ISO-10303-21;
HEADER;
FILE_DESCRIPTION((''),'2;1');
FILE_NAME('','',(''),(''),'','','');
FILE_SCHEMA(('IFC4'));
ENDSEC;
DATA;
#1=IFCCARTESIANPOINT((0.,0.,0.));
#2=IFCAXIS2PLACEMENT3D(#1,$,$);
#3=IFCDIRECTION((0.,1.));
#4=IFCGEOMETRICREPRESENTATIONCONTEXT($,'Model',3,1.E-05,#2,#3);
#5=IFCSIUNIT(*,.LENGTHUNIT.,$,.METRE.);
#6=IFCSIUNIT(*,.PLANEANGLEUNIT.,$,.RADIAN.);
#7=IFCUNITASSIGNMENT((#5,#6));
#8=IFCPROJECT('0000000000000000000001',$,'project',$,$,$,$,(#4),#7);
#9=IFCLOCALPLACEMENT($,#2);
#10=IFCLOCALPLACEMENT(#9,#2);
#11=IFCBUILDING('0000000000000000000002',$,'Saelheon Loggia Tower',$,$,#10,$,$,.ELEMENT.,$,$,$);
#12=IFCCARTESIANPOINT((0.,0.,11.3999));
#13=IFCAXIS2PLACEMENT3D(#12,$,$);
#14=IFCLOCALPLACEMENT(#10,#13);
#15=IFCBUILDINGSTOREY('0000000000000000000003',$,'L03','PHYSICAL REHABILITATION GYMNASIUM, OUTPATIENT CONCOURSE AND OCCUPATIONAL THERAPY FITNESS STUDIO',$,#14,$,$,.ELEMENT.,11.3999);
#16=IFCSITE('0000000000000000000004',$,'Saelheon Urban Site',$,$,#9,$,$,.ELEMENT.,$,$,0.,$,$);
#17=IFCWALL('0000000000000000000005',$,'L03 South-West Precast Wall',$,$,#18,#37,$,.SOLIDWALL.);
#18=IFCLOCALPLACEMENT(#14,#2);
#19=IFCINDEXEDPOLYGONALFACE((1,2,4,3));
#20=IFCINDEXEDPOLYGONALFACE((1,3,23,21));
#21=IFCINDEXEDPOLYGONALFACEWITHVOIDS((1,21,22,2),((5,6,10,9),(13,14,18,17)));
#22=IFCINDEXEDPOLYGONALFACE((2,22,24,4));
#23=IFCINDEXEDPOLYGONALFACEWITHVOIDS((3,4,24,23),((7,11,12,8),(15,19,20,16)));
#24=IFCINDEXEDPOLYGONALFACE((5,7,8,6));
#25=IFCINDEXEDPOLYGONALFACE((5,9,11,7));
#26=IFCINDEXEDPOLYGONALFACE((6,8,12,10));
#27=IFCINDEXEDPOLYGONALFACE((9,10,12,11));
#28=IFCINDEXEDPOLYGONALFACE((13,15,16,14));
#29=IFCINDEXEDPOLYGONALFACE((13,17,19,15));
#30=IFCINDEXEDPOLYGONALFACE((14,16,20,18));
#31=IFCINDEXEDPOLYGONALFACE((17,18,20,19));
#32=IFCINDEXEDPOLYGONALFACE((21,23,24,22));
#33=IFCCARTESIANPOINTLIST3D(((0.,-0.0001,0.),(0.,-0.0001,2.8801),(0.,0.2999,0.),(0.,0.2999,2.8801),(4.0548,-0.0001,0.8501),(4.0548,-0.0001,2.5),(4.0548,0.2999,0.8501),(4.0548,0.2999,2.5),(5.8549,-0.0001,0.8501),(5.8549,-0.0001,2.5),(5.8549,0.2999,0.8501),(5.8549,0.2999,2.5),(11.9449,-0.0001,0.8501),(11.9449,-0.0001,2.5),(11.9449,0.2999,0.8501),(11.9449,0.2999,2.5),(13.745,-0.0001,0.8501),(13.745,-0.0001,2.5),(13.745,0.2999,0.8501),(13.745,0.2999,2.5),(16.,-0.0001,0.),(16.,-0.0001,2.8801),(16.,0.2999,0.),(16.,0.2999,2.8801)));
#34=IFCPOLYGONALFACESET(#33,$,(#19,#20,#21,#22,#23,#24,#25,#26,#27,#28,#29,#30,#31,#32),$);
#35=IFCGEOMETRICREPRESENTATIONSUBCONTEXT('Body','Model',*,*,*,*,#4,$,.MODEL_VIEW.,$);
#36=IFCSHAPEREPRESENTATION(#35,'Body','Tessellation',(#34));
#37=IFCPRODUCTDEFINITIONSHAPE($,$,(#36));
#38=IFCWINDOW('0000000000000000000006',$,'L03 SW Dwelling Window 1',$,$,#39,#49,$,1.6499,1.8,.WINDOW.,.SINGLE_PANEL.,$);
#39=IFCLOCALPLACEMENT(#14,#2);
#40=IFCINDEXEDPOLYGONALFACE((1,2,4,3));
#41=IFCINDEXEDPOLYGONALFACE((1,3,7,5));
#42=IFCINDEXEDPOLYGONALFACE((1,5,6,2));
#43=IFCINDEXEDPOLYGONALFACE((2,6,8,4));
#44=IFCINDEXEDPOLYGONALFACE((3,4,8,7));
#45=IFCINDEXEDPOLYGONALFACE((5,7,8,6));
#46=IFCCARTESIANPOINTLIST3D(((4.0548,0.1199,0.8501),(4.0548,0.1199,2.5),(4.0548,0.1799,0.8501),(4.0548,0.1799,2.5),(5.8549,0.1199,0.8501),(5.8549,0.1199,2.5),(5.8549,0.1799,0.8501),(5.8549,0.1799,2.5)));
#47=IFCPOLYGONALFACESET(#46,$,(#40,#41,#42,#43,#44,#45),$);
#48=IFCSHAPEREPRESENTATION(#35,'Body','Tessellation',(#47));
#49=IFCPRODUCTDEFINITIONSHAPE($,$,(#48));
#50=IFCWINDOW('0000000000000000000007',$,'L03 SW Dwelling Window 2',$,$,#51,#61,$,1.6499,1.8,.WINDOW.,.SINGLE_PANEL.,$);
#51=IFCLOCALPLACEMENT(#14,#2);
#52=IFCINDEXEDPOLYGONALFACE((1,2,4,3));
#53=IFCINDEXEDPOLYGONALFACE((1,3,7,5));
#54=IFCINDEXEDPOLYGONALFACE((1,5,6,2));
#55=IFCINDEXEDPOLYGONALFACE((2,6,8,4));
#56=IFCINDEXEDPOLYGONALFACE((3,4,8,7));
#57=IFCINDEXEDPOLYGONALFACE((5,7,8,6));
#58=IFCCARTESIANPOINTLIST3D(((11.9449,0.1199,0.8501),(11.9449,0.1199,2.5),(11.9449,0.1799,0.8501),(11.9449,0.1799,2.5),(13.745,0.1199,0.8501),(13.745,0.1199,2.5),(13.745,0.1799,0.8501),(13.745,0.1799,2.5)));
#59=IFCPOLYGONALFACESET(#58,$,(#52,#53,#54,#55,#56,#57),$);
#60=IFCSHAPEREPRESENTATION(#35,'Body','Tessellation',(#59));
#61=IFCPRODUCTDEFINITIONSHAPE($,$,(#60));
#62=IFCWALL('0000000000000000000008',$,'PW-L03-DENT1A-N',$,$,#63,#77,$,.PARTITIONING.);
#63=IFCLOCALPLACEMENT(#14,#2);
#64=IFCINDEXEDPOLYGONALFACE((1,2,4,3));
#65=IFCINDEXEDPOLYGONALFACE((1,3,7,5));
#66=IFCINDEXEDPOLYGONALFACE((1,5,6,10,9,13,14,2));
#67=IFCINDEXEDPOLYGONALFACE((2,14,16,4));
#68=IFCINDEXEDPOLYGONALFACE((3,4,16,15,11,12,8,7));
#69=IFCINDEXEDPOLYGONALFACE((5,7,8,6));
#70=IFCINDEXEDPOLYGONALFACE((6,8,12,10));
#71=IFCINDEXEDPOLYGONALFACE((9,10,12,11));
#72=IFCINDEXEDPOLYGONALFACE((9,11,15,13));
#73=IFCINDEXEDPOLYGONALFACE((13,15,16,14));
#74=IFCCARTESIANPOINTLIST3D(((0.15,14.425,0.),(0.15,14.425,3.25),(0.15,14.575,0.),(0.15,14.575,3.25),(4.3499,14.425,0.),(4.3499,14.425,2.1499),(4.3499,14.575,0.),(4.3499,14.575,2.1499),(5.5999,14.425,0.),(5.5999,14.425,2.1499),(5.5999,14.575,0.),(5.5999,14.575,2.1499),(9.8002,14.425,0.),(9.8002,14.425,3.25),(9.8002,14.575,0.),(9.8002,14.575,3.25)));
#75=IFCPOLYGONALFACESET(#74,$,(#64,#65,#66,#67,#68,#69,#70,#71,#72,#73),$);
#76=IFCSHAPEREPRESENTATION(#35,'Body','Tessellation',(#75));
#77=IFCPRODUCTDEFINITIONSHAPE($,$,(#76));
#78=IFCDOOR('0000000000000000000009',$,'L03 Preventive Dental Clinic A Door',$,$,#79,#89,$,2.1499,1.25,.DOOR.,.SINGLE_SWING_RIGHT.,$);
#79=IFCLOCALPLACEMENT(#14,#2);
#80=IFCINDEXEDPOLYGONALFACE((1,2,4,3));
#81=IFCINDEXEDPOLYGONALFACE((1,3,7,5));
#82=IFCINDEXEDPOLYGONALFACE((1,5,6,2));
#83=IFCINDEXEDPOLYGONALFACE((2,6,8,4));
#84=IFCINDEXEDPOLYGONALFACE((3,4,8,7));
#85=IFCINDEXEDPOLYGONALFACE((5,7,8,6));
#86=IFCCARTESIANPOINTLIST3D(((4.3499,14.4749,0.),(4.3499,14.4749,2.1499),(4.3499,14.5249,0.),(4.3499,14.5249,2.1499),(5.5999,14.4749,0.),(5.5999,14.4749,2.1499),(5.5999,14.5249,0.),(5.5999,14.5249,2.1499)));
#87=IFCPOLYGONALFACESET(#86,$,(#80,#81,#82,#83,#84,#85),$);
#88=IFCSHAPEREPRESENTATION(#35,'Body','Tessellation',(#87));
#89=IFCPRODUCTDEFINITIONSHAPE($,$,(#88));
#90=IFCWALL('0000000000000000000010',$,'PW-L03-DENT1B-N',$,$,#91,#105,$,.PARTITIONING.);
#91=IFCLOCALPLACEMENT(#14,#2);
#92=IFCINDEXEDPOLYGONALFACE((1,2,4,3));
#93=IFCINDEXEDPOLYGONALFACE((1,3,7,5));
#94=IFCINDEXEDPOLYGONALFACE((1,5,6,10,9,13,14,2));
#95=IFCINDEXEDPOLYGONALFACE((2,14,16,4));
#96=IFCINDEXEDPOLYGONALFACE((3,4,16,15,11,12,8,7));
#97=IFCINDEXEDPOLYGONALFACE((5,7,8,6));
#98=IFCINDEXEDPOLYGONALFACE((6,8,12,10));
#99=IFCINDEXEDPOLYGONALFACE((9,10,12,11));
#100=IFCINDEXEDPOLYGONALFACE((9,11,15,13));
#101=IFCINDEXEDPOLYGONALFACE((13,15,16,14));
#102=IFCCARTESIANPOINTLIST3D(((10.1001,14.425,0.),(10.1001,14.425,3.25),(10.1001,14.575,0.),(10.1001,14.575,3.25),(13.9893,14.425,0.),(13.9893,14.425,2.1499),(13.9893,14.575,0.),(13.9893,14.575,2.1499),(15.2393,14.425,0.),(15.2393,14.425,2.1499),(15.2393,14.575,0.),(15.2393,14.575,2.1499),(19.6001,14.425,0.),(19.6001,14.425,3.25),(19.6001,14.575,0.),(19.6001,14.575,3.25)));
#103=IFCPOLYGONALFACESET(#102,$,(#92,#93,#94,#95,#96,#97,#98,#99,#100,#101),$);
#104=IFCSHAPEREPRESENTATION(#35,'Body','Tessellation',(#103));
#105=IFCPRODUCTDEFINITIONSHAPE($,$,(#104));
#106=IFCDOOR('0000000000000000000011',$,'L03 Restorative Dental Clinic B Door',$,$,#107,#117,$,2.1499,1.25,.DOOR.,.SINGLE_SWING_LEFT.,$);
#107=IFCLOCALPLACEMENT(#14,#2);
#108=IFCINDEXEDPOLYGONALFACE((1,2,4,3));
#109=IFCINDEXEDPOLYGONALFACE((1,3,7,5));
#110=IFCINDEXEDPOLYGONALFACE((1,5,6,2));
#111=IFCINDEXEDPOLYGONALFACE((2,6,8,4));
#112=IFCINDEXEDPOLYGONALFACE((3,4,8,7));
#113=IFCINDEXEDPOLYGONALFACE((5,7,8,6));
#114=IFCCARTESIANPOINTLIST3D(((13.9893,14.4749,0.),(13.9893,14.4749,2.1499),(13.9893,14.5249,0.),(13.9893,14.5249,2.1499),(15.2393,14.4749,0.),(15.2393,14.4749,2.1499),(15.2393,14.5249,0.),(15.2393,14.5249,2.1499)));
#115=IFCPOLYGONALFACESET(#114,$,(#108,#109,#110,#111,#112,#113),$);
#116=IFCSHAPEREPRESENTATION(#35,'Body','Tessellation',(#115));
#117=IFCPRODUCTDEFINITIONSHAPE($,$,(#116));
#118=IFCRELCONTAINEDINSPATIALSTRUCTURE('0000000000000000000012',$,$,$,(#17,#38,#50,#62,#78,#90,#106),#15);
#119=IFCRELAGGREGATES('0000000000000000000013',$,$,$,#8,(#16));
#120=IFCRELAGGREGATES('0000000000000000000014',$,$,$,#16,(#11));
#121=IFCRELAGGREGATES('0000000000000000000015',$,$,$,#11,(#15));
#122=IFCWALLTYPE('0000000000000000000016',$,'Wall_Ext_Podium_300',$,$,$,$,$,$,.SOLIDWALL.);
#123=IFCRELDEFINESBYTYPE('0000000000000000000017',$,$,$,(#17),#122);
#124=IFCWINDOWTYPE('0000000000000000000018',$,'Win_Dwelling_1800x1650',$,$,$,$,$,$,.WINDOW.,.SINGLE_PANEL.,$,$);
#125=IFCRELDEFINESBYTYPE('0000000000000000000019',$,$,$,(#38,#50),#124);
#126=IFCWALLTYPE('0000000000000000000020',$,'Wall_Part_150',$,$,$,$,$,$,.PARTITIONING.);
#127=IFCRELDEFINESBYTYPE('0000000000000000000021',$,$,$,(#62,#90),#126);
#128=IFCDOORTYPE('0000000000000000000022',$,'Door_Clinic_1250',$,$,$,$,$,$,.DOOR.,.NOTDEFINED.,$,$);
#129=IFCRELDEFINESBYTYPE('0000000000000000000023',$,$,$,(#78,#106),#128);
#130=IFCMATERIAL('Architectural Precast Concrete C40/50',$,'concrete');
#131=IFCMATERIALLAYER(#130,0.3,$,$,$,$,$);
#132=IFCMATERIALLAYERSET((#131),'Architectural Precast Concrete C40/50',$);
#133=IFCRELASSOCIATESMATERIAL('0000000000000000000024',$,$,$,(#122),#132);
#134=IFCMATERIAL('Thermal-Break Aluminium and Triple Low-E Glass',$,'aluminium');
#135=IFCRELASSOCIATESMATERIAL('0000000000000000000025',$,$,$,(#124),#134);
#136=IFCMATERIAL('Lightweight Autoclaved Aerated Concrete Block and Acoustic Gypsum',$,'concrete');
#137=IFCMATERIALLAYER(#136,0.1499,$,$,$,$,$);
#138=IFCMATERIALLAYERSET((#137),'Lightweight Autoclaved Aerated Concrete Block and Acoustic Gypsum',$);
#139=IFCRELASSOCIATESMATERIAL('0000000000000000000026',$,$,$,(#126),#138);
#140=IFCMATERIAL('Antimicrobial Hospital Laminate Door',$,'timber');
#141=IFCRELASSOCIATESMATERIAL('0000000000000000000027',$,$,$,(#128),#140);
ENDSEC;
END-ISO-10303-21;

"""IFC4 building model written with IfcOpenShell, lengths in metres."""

from ifc_helpers import new_model, si_unit, direction, frame, frame_2d, origin, place, context, subcontext, project, spatial, rectangle, extrude, source, transform, mapped, material, layer, layer_set, type_object, element, fill, save


model = new_model("IFC4")

# Units and contexts
model_context = context("Model", 3, precision=1e-05, world=origin(), true_north=direction((0.0, 1.0)))
body_context = subcontext(model_context, "Body", "Model", "MODEL_VIEW")
ifc_project = project(units=[si_unit("LENGTHUNIT", "METRE"), si_unit("PLANEANGLEUNIT", "RADIAN")], contexts=[model_context])

# Site, building, storey
site_placement = place(None, origin())
site = spatial("IfcSite", under=ifc_project, at=site_placement, Name="Saelheon Urban Site", CompositionType="ELEMENT", RefElevation=0.0)
building_placement = place(site_placement, origin())
building = spatial("IfcBuilding", under=site, at=building_placement, Name="Saelheon Loggia Tower", CompositionType="ELEMENT")
storey_placement = place(building_placement, frame((0.0, 0.0, 11.3999)))
storey = spatial("IfcBuildingStorey", under=building, at=storey_placement, Name="L03", Description="PHYSICAL REHABILITATION GYMNASIUM, OUTPATIENT CONCOURSE AND OCCUPATIONAL THERAPY FITNESS STUDIO", CompositionType="ELEMENT", Elevation=11.3999)

# Wall, openings, windows
ifc_material_1 = material(Name="Architectural Precast Concrete C40/50", Category="concrete")
ifc_layer_1 = layer(ifc_material_1, 0.3)
ifc_layer_set_1 = layer_set([ifc_layer_1], Name="Architectural Precast Concrete C40/50")
wall_type_1 = type_object("IfcWallType", Name="Wall_Ext_Podium_300", PredefinedType="SOLIDWALL", material=ifc_layer_set_1)
wall_1_placement = place(storey_placement, frame((0.0, 0.1499, 0.0), z_axis=(0.0, 0.0, 1.0), x_axis=(1.0, 0.0, 0.0)))
wall_1 = element("IfcWall", 1, at=wall_1_placement, inside=storey, type_object=wall_type_1, Name="L03 South-West Precast Wall", PredefinedType="SOLIDWALL", context=body_context, shape_type="SweptSolid", body=[
    extrude(rectangle(XDim=16.0, YDim=0.3, at=frame_2d((8.0, 0.0))), origin(), (0.0, 0.0, 1.0), 2.8801),
])
opening_1_placement = place(wall_1_placement, frame((4.0549, 0.0, 0.8501)))
opening_1 = element("IfcOpeningElement", 2, at=opening_1_placement, cuts=wall_1, PredefinedType="OPENING", context=body_context, shape_type="SweptSolid", body=[
    extrude(rectangle(XDim=1.8, YDim=1.6499, at=frame_2d((0.8999, 0.825))), frame((0.0, 0.1621, 0.0), z_axis=(0.0, -1.0, 0.0), x_axis=(1.0, 0.0, 0.0)), (0.0, 0.0, 1.0), 0.324),
])
opening_2_placement = place(wall_1_placement, frame((11.9451, 0.0, 0.8501)))
opening_2 = element("IfcOpeningElement", 3, at=opening_2_placement, cuts=wall_1, PredefinedType="OPENING", context=body_context, shape_type="SweptSolid", body=[
    extrude(rectangle(XDim=1.8, YDim=1.6499, at=frame_2d((0.8999, 0.825))), frame((0.0, 0.1621, 0.0), z_axis=(0.0, -1.0, 0.0), x_axis=(1.0, 0.0, 0.0)), (0.0, 0.0, 1.0), 0.324),
])
ifc_material_2 = material(Name="Thermal-Break Aluminium and Triple Low-E Glass", Category="aluminium")
window_type = type_object("IfcWindowType", Name="Win_Dwelling_1800x1650", PartitioningType="SINGLE_PANEL", PredefinedType="WINDOW", material=ifc_material_2)
shared_shape_1 = source(origin(), body_context, "Body", "SweptSolid", [
    extrude(rectangle(XDim=1.8, YDim=1.6499, at=frame_2d((0.8999, 0.825))), frame((0.0, 0.03, 0.0), z_axis=(0.0, -1.0, 0.0), x_axis=(1.0, 0.0, 0.0)), (0.0, 0.0, 1.0), 0.0601),
])
window_1_placement = place(opening_1_placement, origin())
window_1 = element("IfcWindow", 4, at=window_1_placement, inside=storey, type_object=window_type, Name="L03 SW Dwelling Window 1", OverallHeight=1.6499, OverallWidth=1.8, PartitioningType="SINGLE_PANEL", PredefinedType="WINDOW", context=body_context, shape_type="MappedRepresentation", body=[
    mapped(shared_shape_1, transform((0.0, 0.0, 0.0), scale=1.0)),
])
fill(opening_1, window_1)
window_2_placement = place(opening_2_placement, origin())
window_2 = element("IfcWindow", 5, at=window_2_placement, inside=storey, type_object=window_type, Name="L03 SW Dwelling Window 2", OverallHeight=1.6499, OverallWidth=1.8, PartitioningType="SINGLE_PANEL", PredefinedType="WINDOW", context=body_context, shape_type="MappedRepresentation", body=[
    mapped(shared_shape_1, transform((0.0, 0.0, 0.0), scale=1.0)),
])
fill(opening_2, window_2)

# Walls, openings, doors
ifc_material_3 = material(Name="Lightweight Autoclaved Aerated Concrete Block and Acoustic Gypsum", Category="concrete")
ifc_layer_2 = layer(ifc_material_3, 0.1499)
ifc_layer_set_2 = layer_set([ifc_layer_2], Name="Lightweight Autoclaved Aerated Concrete Block and Acoustic Gypsum")
wall_type_2 = type_object("IfcWallType", Name="Wall_Part_150", PredefinedType="PARTITIONING", material=ifc_layer_set_2)
wall_2_placement = place(storey_placement, frame((0.1499, 14.5, 0.0), z_axis=(0.0, 0.0, 1.0), x_axis=(1.0, 0.0, 0.0)))
wall_2 = element("IfcWall", 6, at=wall_2_placement, inside=storey, type_object=wall_type_2, Name="PW-L03-DENT1A-N", PredefinedType="PARTITIONING", context=body_context, shape_type="SweptSolid", body=[
    extrude(rectangle(XDim=9.6501, YDim=0.1499, at=frame_2d((4.8252, 0.0))), origin(), (0.0, 0.0, 1.0), 3.25),
])
opening_3_placement = place(wall_2_placement, frame((4.2, 0.0, 0.0)))
opening_3 = element("IfcOpeningElement", 7, at=opening_3_placement, cuts=wall_2, PredefinedType="OPENING", context=body_context, shape_type="SweptSolid", body=[
    extrude(rectangle(XDim=1.25, YDim=2.1499, at=frame_2d((0.625, 1.075))), frame((0.0, 0.0869, 0.0), z_axis=(0.0, -1.0, 0.0), x_axis=(1.0, 0.0, 0.0)), (0.0, 0.0, 1.0), 0.1738),
])
ifc_material_4 = material(Name="Antimicrobial Hospital Laminate Door", Category="timber")
door_type = type_object("IfcDoorType", Name="Door_Clinic_1250", OperationType="NOTDEFINED", PredefinedType="DOOR", material=ifc_material_4)
shared_shape_2 = source(origin(), body_context, "Body", "SweptSolid", [
    extrude(rectangle(XDim=1.25, YDim=2.1499, at=frame_2d((0.625, 1.075))), frame((0.0, 0.0249, 0.0), z_axis=(0.0, -1.0, 0.0), x_axis=(1.0, 0.0, 0.0)), (0.0, 0.0, 1.0), 0.05),
])
door_1_placement = place(opening_3_placement, origin())
door_1 = element("IfcDoor", 8, at=door_1_placement, inside=storey, type_object=door_type, Name="L03 Preventive Dental Clinic A Door", OperationType="SINGLE_SWING_RIGHT", OverallHeight=2.1499, OverallWidth=1.25, PredefinedType="DOOR", context=body_context, shape_type="MappedRepresentation", body=[
    mapped(shared_shape_2, transform((0.0, 0.0, 0.0), scale=1.0)),
])
fill(opening_3, door_1)
wall_3_placement = place(storey_placement, frame((10.1001, 14.5, 0.0), z_axis=(0.0, 0.0, 1.0), x_axis=(1.0, 0.0, 0.0)))
wall_3 = element("IfcWall", 9, at=wall_3_placement, inside=storey, type_object=wall_type_2, Name="PW-L03-DENT1B-N", PredefinedType="PARTITIONING", context=body_context, shape_type="SweptSolid", body=[
    extrude(rectangle(XDim=9.5, YDim=0.1499, at=frame_2d((4.75, 0.0))), origin(), (0.0, 0.0, 1.0), 3.25),
])
opening_4_placement = place(wall_3_placement, frame((3.8892, 0.0, 0.0)))
opening_4 = element("IfcOpeningElement", 10, at=opening_4_placement, cuts=wall_3, PredefinedType="OPENING", context=body_context, shape_type="SweptSolid", body=[
    extrude(rectangle(XDim=1.25, YDim=2.1499, at=frame_2d((0.625, 1.075))), frame((0.0, 0.0869, 0.0), z_axis=(0.0, -1.0, 0.0), x_axis=(1.0, 0.0, 0.0)), (0.0, 0.0, 1.0), 0.1738),
])
door_2_placement = place(opening_4_placement, origin())
door_2 = element("IfcDoor", 11, at=door_2_placement, inside=storey, type_object=door_type, Name="L03 Restorative Dental Clinic B Door", OperationType="SINGLE_SWING_LEFT", OverallHeight=2.1499, OverallWidth=1.25, PredefinedType="DOOR", context=body_context, shape_type="MappedRepresentation", body=[
    mapped(shared_shape_2, transform((0.0, 0.0, 0.0), scale=1.0)),
])
fill(opening_4, door_2)

save(model, "model.ifc")
